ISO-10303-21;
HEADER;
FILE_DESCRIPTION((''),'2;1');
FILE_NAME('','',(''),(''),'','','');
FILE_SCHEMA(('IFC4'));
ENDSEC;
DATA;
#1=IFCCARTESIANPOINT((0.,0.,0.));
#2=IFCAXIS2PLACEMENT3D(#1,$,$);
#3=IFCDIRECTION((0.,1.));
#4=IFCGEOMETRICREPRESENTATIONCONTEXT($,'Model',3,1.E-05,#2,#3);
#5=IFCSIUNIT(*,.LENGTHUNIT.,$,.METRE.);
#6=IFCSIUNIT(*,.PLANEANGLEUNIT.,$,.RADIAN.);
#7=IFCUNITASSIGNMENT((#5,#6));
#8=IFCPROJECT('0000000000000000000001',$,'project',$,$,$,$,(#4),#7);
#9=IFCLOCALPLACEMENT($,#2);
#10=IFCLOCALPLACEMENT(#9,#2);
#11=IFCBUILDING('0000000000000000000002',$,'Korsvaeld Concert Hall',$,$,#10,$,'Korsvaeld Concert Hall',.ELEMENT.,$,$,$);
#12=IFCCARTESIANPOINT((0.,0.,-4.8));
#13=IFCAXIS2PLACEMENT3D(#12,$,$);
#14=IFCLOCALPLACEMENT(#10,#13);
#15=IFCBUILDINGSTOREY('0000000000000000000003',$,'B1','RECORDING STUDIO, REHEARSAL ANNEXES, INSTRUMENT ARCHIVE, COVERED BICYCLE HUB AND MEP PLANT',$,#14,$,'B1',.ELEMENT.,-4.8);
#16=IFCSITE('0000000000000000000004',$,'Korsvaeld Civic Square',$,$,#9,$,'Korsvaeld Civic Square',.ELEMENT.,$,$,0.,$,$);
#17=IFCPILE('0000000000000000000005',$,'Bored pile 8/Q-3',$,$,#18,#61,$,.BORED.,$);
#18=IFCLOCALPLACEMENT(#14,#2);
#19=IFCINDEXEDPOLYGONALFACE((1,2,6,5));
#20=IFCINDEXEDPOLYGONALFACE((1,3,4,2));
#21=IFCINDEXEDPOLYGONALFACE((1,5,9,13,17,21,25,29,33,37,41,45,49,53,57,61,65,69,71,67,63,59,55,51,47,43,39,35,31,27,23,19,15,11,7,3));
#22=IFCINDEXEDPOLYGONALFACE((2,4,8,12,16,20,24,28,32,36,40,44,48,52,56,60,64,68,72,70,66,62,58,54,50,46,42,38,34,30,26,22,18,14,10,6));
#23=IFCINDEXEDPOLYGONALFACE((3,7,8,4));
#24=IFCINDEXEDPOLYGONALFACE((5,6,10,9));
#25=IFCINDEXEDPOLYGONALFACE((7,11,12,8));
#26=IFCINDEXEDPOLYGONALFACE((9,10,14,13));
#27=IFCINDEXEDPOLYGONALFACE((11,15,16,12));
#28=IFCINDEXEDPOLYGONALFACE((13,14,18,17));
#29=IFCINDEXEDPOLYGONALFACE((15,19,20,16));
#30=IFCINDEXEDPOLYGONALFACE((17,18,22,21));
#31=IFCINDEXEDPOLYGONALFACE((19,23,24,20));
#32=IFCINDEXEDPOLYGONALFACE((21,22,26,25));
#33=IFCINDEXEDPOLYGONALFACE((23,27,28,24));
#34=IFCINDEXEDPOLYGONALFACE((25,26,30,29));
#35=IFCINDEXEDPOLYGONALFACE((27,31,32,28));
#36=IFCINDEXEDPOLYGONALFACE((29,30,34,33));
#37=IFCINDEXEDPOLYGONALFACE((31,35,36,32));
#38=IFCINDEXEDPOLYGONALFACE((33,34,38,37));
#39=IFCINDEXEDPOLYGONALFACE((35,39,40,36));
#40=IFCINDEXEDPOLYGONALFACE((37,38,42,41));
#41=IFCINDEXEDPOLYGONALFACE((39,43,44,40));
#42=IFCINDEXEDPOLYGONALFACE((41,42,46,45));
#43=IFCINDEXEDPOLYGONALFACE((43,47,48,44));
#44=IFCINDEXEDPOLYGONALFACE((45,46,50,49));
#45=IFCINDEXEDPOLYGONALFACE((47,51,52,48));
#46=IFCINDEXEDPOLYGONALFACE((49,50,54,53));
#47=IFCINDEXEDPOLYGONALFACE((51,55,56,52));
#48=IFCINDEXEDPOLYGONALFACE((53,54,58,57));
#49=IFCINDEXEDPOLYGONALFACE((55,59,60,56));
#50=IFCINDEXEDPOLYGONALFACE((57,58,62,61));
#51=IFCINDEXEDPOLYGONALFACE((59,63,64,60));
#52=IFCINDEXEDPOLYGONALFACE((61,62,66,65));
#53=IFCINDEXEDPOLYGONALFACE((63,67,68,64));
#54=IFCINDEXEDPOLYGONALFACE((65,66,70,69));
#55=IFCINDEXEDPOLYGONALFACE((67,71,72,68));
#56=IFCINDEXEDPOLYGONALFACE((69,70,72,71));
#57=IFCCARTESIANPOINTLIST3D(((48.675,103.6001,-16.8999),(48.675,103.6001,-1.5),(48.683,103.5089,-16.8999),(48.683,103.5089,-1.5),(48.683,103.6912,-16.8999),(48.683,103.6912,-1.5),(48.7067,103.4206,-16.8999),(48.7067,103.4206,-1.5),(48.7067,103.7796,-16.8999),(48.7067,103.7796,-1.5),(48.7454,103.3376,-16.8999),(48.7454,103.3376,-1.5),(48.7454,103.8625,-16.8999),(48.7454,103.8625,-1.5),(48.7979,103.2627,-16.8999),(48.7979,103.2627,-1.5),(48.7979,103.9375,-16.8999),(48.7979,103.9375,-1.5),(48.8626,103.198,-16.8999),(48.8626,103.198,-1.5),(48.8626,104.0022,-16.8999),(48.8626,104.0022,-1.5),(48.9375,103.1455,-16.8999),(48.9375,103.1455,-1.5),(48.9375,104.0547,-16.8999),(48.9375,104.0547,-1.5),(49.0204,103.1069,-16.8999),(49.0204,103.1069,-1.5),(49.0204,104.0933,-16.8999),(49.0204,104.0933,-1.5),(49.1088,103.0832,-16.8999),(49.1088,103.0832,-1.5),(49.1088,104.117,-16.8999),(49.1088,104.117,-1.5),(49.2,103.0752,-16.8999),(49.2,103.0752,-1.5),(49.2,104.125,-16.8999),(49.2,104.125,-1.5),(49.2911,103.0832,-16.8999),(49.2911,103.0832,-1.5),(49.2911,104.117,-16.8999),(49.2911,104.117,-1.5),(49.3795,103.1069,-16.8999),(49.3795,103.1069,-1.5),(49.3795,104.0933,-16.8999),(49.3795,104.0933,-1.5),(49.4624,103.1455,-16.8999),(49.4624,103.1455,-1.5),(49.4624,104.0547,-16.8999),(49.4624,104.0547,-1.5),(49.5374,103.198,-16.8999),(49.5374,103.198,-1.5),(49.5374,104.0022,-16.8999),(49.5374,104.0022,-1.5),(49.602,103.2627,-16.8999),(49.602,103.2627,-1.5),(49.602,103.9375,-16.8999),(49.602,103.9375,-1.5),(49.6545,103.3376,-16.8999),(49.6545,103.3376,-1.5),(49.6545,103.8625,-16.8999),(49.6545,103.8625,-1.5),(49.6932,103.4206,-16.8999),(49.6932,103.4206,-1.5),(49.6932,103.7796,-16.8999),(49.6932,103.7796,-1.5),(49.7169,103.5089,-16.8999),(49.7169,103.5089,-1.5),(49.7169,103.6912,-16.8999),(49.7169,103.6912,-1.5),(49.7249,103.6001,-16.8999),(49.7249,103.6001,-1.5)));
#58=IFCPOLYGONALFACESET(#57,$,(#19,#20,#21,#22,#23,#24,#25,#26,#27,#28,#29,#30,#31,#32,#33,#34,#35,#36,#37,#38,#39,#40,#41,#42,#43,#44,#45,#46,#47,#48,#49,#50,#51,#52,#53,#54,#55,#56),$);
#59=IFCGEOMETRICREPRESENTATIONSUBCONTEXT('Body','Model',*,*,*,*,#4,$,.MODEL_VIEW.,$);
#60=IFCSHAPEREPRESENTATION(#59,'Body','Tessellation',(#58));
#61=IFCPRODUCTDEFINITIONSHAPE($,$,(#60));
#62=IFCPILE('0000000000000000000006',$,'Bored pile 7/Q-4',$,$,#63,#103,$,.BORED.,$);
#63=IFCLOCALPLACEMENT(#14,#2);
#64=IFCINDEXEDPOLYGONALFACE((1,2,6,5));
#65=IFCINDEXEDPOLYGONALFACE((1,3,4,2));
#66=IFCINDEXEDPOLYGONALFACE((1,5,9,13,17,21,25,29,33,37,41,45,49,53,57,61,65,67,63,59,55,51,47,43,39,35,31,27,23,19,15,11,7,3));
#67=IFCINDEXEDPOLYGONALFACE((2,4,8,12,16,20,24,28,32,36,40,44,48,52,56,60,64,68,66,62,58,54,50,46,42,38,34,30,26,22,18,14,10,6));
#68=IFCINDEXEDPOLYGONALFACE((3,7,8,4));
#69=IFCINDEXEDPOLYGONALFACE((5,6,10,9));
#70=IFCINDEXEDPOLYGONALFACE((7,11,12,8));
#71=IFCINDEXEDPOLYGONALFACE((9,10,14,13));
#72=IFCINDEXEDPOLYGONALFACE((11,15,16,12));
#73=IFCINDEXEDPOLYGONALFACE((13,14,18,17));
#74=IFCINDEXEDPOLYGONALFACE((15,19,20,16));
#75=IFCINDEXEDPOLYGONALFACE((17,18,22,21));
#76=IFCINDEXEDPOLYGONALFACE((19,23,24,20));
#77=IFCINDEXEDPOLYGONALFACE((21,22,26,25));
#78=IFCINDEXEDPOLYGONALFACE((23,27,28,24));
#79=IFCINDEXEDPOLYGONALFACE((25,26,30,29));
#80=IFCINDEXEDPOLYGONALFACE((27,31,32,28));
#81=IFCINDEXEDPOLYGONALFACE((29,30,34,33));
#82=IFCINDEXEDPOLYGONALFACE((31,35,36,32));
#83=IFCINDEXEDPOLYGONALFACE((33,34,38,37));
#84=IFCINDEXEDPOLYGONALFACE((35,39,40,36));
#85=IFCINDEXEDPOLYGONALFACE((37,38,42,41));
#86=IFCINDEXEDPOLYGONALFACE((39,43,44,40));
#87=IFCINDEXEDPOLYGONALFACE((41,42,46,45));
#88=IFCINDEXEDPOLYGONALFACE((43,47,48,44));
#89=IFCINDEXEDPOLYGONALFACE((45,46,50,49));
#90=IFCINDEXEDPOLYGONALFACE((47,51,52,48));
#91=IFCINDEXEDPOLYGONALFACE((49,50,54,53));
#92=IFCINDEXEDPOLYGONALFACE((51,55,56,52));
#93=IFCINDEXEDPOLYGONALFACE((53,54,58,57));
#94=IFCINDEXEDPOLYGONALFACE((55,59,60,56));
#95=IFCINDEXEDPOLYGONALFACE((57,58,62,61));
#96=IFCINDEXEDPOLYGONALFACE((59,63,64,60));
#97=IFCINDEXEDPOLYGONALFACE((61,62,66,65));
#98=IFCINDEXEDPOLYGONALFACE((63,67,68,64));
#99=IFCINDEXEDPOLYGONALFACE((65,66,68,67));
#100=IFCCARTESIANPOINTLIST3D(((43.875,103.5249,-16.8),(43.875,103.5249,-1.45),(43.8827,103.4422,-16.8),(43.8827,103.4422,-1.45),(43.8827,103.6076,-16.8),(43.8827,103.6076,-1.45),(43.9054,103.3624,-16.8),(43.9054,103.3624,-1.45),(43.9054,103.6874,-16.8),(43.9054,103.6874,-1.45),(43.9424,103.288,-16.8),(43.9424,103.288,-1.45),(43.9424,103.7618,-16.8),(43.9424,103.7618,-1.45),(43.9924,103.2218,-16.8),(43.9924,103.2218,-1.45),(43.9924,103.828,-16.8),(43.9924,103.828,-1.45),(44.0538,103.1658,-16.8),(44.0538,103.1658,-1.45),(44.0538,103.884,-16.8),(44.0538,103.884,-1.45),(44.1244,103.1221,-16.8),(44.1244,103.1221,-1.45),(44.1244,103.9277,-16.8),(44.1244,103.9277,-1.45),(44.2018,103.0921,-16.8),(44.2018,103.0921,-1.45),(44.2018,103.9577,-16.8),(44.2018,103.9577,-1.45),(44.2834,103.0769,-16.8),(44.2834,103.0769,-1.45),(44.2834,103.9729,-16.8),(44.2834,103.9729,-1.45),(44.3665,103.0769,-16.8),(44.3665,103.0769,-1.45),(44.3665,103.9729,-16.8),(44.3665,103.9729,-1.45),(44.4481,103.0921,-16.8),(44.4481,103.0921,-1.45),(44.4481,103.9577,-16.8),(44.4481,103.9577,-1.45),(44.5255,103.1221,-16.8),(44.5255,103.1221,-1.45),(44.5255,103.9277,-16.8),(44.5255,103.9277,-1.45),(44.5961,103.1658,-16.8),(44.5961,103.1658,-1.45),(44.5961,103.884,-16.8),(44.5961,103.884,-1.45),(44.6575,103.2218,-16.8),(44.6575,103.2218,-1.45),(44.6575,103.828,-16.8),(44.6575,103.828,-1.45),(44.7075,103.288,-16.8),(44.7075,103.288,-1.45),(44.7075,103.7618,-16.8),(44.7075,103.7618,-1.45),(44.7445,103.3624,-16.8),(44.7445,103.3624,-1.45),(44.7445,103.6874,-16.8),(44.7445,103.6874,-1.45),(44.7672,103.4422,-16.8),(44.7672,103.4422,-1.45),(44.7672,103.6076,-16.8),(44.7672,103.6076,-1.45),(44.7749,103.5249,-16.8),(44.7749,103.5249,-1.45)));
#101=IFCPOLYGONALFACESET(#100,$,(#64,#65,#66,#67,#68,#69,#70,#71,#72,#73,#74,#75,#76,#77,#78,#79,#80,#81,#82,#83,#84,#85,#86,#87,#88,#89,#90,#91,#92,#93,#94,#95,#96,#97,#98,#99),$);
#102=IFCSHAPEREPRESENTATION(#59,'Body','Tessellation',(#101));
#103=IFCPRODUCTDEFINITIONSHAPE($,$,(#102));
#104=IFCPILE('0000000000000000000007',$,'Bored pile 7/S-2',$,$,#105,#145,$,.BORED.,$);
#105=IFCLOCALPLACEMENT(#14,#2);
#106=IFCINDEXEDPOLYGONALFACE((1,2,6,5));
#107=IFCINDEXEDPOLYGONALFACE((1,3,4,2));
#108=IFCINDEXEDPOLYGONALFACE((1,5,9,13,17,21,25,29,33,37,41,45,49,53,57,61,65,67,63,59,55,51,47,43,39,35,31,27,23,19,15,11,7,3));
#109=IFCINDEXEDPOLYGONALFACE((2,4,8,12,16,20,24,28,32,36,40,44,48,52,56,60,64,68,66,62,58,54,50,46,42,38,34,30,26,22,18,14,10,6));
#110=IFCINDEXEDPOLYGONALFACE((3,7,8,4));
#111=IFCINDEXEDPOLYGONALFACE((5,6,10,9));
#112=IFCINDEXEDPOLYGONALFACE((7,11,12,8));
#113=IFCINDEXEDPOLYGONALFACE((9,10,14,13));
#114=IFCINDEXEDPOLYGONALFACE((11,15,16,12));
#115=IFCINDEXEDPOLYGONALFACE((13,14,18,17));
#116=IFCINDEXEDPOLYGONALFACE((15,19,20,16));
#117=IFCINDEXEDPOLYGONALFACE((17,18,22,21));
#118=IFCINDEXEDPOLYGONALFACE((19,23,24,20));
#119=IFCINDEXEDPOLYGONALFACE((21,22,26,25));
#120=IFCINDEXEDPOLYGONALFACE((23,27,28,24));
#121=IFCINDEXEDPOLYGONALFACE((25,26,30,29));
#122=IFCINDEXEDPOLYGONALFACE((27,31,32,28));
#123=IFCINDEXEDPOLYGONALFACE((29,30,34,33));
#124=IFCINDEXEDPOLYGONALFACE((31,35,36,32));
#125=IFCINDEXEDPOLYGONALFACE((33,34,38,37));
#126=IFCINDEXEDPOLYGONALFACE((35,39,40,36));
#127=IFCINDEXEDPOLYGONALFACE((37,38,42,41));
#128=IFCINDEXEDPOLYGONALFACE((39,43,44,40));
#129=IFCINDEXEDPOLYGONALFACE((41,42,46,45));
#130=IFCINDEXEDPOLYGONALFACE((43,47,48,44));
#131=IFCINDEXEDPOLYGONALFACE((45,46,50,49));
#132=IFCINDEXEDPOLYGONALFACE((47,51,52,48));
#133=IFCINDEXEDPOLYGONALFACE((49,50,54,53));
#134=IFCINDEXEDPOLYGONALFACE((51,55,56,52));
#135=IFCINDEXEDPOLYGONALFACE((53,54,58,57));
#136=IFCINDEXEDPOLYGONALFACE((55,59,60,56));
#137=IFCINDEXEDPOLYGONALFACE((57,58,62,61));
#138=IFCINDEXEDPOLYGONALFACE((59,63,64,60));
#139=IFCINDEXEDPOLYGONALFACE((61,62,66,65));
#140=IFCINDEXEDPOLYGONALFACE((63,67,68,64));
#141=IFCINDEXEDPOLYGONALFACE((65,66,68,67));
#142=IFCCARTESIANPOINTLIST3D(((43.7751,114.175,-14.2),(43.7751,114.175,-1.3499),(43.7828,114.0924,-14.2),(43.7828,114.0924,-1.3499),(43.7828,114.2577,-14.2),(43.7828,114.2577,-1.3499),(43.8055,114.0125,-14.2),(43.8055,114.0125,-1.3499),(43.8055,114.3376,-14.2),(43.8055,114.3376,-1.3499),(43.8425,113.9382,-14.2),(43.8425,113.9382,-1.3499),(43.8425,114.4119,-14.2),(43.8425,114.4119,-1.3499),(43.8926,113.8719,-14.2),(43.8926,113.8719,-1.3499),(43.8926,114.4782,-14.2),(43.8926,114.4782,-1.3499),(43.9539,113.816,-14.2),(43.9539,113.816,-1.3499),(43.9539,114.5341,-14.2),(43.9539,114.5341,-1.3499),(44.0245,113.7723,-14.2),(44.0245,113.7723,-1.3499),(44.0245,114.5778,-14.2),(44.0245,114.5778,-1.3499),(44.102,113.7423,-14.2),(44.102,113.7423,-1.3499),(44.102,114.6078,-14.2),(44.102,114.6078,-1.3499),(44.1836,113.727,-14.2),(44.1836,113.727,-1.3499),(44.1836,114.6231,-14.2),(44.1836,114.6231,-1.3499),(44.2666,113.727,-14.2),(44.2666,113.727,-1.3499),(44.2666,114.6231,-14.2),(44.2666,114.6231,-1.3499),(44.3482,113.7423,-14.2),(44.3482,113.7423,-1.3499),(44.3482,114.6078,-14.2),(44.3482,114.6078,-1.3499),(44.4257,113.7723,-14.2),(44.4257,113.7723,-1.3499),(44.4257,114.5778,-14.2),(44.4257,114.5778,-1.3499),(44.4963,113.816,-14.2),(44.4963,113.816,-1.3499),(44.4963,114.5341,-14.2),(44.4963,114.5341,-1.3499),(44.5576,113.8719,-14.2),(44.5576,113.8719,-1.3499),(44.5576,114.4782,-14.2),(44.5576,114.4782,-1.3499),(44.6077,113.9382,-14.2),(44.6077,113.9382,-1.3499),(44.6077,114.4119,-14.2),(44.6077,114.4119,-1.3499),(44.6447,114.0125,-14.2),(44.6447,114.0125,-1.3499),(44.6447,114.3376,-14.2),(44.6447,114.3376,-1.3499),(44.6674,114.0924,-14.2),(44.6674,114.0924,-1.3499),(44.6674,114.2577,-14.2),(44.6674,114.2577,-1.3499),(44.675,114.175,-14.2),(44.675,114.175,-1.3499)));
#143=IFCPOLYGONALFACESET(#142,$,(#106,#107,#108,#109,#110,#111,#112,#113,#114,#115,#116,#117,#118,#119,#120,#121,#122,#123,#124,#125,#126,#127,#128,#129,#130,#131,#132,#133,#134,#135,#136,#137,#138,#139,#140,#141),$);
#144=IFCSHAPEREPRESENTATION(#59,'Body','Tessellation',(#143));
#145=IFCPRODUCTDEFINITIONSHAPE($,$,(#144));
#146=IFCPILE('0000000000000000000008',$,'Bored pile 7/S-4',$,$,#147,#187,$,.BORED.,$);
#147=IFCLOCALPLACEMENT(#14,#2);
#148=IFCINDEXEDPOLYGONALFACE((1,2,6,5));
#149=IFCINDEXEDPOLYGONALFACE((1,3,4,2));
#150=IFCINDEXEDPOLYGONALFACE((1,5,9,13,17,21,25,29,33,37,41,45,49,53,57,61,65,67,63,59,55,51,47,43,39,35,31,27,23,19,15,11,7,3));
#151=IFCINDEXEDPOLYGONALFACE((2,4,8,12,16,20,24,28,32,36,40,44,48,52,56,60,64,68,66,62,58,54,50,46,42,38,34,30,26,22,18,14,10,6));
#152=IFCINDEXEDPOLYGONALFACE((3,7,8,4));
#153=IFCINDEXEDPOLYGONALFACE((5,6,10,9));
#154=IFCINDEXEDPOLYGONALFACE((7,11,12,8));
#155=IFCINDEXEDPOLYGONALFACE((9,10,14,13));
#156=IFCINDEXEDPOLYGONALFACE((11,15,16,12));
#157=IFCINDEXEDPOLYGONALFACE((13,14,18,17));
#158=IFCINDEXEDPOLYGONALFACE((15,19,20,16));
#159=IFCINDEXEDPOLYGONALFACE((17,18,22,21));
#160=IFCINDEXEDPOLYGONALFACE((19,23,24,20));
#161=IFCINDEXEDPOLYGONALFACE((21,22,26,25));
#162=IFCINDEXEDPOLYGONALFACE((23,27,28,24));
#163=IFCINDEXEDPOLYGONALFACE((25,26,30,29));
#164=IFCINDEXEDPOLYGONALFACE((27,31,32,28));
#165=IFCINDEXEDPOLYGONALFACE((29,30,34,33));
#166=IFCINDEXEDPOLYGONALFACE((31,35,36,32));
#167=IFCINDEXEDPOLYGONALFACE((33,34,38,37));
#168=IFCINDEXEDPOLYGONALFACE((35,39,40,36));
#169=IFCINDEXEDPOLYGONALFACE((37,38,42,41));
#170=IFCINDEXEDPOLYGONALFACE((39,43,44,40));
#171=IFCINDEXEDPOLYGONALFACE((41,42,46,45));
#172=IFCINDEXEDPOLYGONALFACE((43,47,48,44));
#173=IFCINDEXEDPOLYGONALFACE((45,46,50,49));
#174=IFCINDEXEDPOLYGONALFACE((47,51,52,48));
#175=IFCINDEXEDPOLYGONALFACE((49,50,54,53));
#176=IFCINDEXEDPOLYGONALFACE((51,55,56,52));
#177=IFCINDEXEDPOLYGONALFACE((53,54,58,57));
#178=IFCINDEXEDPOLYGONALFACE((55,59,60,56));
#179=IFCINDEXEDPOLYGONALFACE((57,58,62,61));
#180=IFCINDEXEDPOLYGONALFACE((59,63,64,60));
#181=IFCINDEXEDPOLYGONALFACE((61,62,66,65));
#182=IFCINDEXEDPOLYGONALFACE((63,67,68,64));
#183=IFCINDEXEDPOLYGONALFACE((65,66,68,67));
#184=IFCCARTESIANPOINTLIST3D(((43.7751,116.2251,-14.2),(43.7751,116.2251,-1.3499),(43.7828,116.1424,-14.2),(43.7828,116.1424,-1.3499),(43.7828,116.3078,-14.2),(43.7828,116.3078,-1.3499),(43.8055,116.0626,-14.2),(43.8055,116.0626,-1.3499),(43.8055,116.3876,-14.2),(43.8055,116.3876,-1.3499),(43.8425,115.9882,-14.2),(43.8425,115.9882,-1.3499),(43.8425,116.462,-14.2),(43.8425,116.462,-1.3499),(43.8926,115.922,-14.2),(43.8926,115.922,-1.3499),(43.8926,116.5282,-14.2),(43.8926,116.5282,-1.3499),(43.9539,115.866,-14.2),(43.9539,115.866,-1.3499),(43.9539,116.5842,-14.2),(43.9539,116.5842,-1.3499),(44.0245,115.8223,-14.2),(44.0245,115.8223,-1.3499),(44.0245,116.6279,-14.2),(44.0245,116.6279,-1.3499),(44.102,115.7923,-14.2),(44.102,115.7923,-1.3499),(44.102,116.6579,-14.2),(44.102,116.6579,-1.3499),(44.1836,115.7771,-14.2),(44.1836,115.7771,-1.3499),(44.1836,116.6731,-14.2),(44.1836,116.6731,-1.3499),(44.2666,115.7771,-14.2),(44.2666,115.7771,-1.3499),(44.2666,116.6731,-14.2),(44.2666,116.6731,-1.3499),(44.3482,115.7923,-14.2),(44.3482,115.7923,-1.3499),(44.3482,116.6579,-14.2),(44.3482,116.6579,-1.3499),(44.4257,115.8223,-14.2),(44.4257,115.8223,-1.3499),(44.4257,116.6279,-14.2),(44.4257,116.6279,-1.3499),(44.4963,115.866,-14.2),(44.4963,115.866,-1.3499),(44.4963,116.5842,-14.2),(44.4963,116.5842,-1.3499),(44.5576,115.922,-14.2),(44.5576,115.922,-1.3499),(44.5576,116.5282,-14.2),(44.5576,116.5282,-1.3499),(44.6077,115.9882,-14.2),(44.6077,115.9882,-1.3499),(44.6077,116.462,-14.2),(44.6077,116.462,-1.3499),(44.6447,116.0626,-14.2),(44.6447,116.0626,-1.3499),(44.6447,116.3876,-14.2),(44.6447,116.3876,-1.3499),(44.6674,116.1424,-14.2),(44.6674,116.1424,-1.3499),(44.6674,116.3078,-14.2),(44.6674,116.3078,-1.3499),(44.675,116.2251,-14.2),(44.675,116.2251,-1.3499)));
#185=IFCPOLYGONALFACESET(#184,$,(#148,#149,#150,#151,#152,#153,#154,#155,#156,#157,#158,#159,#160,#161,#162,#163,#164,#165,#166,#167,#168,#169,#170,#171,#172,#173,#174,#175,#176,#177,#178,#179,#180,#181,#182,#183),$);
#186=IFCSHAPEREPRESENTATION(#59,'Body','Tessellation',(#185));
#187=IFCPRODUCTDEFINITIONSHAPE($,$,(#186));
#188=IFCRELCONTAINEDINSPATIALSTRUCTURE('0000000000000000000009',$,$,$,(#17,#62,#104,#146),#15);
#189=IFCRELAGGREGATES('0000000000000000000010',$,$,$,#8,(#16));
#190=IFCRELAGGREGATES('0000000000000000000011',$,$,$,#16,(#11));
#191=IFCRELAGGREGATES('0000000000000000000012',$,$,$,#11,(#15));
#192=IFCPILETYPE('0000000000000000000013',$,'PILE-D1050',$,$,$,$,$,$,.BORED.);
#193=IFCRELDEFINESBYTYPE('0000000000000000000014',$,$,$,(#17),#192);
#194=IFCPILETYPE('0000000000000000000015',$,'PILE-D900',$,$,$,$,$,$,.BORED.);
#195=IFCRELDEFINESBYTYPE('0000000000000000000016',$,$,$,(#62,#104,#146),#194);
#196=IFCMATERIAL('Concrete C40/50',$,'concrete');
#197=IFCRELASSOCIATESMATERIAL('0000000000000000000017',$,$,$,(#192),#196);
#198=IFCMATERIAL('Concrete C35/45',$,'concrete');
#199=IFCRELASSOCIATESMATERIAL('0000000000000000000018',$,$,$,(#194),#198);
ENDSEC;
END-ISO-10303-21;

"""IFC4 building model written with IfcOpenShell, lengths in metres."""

from ifc_helpers import new_model, si_unit, direction, frame, origin, origin_2d, place, context, subcontext, project, spatial, circle, extrude, material, material_profile, profile_set, type_object, element, save


model = new_model("IFC4")

# Units and contexts
model_context = context("Model", 3, precision=1e-05, world=origin(), true_north=direction((0.0, 1.0)))
body_context = subcontext(model_context, "Body", "Model", "MODEL_VIEW")
ifc_project = project(units=[si_unit("LENGTHUNIT", "METRE"), si_unit("PLANEANGLEUNIT", "RADIAN")], contexts=[model_context])

# Site, building, storey
site_placement = place(None, origin())
site = spatial("IfcSite", under=ifc_project, at=site_placement, Name="Korsvaeld Civic Square", LongName="Korsvaeld Civic Square", CompositionType="ELEMENT", RefElevation=0.0)
building_placement = place(site_placement, origin())
building = spatial("IfcBuilding", under=site, at=building_placement, Name="Korsvaeld Concert Hall", LongName="Korsvaeld Concert Hall", CompositionType="ELEMENT")
storey_placement = place(building_placement, frame((0.0, 0.0, -4.8)))
storey = spatial("IfcBuildingStorey", under=building, at=storey_placement, Name="B1", Description="RECORDING STUDIO, REHEARSAL ANNEXES, INSTRUMENT ARCHIVE, COVERED BICYCLE HUB AND MEP PLANT", LongName="B1", CompositionType="ELEMENT", Elevation=-4.8)

# Shared definitions
ifc_material_1 = material(Name="Concrete C35/45", Category="concrete")

# Piles
ifc_material_2 = material(Name="Concrete C40/50", Category="concrete")
ifc_material_profile_1 = material_profile(ifc_material_2, circle(Radius=0.5249, at=origin_2d()), Name="BORED PILE D1050")
ifc_profile_set_1 = profile_set([ifc_material_profile_1], Name="Concrete C40/50")
pile_type_1 = type_object("IfcPileType", Name="PILE-D1050", PredefinedType="BORED", material=ifc_profile_set_1)
for number, where, z_axis, x_axis, name in (
    (1, (49.2, 103.6001, -1.5), (0.0, 0.0, -1.0), (1.0, 0.0, 0.0), "Bored pile 8/Q-3"),
):
    element("IfcPile", number, at=place(storey_placement, frame(where, z_axis=z_axis, x_axis=x_axis)), inside=storey, type_object=pile_type_1, Name=name, PredefinedType="BORED", context=body_context, shape_type="SweptSolid", body=[
        extrude(circle(Radius=0.5249, at=origin_2d()), origin(), (0.0, 0.0, 1.0), 15.3999),
    ])
ifc_material_profile_2 = material_profile(ifc_material_1, circle(Radius=0.45, at=origin_2d()), Name="BORED PILE D900")
ifc_profile_set_2 = profile_set([ifc_material_profile_2], Name="Concrete C35/45")
pile_type_2 = type_object("IfcPileType", Name="PILE-D900", PredefinedType="BORED", material=ifc_profile_set_2)
pile_placement = place(storey_placement, frame((44.325, 103.5249, -1.45), z_axis=(0.0, 0.0, -1.0), x_axis=(1.0, 0.0, 0.0)))
element("IfcPile", 2, at=pile_placement, inside=storey, type_object=pile_type_2, Name="Bored pile 7/Q-4", PredefinedType="BORED", context=body_context, shape_type="SweptSolid", body=[
    extrude(circle(Radius=0.45, at=origin_2d()), origin(), (0.0, 0.0, 1.0), 15.3501),
])
for number, where, z_axis, x_axis, name in (
    (3, (44.2251, 114.175, -1.3499), (0.0, 0.0, -1.0), (1.0, 0.0, 0.0), "Bored pile 7/S-2"),
    (4, (44.2251, 116.2251, -1.3499), (0.0, 0.0, -1.0), (1.0, 0.0, 0.0), "Bored pile 7/S-4"),
):
    element("IfcPile", number, at=place(storey_placement, frame(where, z_axis=z_axis, x_axis=x_axis)), inside=storey, type_object=pile_type_2, Name=name, PredefinedType="BORED", context=body_context, shape_type="SweptSolid", body=[
        extrude(circle(Radius=0.45, at=origin_2d()), origin(), (0.0, 0.0, 1.0), 12.8501),
    ])

save(model, "model.ifc")
